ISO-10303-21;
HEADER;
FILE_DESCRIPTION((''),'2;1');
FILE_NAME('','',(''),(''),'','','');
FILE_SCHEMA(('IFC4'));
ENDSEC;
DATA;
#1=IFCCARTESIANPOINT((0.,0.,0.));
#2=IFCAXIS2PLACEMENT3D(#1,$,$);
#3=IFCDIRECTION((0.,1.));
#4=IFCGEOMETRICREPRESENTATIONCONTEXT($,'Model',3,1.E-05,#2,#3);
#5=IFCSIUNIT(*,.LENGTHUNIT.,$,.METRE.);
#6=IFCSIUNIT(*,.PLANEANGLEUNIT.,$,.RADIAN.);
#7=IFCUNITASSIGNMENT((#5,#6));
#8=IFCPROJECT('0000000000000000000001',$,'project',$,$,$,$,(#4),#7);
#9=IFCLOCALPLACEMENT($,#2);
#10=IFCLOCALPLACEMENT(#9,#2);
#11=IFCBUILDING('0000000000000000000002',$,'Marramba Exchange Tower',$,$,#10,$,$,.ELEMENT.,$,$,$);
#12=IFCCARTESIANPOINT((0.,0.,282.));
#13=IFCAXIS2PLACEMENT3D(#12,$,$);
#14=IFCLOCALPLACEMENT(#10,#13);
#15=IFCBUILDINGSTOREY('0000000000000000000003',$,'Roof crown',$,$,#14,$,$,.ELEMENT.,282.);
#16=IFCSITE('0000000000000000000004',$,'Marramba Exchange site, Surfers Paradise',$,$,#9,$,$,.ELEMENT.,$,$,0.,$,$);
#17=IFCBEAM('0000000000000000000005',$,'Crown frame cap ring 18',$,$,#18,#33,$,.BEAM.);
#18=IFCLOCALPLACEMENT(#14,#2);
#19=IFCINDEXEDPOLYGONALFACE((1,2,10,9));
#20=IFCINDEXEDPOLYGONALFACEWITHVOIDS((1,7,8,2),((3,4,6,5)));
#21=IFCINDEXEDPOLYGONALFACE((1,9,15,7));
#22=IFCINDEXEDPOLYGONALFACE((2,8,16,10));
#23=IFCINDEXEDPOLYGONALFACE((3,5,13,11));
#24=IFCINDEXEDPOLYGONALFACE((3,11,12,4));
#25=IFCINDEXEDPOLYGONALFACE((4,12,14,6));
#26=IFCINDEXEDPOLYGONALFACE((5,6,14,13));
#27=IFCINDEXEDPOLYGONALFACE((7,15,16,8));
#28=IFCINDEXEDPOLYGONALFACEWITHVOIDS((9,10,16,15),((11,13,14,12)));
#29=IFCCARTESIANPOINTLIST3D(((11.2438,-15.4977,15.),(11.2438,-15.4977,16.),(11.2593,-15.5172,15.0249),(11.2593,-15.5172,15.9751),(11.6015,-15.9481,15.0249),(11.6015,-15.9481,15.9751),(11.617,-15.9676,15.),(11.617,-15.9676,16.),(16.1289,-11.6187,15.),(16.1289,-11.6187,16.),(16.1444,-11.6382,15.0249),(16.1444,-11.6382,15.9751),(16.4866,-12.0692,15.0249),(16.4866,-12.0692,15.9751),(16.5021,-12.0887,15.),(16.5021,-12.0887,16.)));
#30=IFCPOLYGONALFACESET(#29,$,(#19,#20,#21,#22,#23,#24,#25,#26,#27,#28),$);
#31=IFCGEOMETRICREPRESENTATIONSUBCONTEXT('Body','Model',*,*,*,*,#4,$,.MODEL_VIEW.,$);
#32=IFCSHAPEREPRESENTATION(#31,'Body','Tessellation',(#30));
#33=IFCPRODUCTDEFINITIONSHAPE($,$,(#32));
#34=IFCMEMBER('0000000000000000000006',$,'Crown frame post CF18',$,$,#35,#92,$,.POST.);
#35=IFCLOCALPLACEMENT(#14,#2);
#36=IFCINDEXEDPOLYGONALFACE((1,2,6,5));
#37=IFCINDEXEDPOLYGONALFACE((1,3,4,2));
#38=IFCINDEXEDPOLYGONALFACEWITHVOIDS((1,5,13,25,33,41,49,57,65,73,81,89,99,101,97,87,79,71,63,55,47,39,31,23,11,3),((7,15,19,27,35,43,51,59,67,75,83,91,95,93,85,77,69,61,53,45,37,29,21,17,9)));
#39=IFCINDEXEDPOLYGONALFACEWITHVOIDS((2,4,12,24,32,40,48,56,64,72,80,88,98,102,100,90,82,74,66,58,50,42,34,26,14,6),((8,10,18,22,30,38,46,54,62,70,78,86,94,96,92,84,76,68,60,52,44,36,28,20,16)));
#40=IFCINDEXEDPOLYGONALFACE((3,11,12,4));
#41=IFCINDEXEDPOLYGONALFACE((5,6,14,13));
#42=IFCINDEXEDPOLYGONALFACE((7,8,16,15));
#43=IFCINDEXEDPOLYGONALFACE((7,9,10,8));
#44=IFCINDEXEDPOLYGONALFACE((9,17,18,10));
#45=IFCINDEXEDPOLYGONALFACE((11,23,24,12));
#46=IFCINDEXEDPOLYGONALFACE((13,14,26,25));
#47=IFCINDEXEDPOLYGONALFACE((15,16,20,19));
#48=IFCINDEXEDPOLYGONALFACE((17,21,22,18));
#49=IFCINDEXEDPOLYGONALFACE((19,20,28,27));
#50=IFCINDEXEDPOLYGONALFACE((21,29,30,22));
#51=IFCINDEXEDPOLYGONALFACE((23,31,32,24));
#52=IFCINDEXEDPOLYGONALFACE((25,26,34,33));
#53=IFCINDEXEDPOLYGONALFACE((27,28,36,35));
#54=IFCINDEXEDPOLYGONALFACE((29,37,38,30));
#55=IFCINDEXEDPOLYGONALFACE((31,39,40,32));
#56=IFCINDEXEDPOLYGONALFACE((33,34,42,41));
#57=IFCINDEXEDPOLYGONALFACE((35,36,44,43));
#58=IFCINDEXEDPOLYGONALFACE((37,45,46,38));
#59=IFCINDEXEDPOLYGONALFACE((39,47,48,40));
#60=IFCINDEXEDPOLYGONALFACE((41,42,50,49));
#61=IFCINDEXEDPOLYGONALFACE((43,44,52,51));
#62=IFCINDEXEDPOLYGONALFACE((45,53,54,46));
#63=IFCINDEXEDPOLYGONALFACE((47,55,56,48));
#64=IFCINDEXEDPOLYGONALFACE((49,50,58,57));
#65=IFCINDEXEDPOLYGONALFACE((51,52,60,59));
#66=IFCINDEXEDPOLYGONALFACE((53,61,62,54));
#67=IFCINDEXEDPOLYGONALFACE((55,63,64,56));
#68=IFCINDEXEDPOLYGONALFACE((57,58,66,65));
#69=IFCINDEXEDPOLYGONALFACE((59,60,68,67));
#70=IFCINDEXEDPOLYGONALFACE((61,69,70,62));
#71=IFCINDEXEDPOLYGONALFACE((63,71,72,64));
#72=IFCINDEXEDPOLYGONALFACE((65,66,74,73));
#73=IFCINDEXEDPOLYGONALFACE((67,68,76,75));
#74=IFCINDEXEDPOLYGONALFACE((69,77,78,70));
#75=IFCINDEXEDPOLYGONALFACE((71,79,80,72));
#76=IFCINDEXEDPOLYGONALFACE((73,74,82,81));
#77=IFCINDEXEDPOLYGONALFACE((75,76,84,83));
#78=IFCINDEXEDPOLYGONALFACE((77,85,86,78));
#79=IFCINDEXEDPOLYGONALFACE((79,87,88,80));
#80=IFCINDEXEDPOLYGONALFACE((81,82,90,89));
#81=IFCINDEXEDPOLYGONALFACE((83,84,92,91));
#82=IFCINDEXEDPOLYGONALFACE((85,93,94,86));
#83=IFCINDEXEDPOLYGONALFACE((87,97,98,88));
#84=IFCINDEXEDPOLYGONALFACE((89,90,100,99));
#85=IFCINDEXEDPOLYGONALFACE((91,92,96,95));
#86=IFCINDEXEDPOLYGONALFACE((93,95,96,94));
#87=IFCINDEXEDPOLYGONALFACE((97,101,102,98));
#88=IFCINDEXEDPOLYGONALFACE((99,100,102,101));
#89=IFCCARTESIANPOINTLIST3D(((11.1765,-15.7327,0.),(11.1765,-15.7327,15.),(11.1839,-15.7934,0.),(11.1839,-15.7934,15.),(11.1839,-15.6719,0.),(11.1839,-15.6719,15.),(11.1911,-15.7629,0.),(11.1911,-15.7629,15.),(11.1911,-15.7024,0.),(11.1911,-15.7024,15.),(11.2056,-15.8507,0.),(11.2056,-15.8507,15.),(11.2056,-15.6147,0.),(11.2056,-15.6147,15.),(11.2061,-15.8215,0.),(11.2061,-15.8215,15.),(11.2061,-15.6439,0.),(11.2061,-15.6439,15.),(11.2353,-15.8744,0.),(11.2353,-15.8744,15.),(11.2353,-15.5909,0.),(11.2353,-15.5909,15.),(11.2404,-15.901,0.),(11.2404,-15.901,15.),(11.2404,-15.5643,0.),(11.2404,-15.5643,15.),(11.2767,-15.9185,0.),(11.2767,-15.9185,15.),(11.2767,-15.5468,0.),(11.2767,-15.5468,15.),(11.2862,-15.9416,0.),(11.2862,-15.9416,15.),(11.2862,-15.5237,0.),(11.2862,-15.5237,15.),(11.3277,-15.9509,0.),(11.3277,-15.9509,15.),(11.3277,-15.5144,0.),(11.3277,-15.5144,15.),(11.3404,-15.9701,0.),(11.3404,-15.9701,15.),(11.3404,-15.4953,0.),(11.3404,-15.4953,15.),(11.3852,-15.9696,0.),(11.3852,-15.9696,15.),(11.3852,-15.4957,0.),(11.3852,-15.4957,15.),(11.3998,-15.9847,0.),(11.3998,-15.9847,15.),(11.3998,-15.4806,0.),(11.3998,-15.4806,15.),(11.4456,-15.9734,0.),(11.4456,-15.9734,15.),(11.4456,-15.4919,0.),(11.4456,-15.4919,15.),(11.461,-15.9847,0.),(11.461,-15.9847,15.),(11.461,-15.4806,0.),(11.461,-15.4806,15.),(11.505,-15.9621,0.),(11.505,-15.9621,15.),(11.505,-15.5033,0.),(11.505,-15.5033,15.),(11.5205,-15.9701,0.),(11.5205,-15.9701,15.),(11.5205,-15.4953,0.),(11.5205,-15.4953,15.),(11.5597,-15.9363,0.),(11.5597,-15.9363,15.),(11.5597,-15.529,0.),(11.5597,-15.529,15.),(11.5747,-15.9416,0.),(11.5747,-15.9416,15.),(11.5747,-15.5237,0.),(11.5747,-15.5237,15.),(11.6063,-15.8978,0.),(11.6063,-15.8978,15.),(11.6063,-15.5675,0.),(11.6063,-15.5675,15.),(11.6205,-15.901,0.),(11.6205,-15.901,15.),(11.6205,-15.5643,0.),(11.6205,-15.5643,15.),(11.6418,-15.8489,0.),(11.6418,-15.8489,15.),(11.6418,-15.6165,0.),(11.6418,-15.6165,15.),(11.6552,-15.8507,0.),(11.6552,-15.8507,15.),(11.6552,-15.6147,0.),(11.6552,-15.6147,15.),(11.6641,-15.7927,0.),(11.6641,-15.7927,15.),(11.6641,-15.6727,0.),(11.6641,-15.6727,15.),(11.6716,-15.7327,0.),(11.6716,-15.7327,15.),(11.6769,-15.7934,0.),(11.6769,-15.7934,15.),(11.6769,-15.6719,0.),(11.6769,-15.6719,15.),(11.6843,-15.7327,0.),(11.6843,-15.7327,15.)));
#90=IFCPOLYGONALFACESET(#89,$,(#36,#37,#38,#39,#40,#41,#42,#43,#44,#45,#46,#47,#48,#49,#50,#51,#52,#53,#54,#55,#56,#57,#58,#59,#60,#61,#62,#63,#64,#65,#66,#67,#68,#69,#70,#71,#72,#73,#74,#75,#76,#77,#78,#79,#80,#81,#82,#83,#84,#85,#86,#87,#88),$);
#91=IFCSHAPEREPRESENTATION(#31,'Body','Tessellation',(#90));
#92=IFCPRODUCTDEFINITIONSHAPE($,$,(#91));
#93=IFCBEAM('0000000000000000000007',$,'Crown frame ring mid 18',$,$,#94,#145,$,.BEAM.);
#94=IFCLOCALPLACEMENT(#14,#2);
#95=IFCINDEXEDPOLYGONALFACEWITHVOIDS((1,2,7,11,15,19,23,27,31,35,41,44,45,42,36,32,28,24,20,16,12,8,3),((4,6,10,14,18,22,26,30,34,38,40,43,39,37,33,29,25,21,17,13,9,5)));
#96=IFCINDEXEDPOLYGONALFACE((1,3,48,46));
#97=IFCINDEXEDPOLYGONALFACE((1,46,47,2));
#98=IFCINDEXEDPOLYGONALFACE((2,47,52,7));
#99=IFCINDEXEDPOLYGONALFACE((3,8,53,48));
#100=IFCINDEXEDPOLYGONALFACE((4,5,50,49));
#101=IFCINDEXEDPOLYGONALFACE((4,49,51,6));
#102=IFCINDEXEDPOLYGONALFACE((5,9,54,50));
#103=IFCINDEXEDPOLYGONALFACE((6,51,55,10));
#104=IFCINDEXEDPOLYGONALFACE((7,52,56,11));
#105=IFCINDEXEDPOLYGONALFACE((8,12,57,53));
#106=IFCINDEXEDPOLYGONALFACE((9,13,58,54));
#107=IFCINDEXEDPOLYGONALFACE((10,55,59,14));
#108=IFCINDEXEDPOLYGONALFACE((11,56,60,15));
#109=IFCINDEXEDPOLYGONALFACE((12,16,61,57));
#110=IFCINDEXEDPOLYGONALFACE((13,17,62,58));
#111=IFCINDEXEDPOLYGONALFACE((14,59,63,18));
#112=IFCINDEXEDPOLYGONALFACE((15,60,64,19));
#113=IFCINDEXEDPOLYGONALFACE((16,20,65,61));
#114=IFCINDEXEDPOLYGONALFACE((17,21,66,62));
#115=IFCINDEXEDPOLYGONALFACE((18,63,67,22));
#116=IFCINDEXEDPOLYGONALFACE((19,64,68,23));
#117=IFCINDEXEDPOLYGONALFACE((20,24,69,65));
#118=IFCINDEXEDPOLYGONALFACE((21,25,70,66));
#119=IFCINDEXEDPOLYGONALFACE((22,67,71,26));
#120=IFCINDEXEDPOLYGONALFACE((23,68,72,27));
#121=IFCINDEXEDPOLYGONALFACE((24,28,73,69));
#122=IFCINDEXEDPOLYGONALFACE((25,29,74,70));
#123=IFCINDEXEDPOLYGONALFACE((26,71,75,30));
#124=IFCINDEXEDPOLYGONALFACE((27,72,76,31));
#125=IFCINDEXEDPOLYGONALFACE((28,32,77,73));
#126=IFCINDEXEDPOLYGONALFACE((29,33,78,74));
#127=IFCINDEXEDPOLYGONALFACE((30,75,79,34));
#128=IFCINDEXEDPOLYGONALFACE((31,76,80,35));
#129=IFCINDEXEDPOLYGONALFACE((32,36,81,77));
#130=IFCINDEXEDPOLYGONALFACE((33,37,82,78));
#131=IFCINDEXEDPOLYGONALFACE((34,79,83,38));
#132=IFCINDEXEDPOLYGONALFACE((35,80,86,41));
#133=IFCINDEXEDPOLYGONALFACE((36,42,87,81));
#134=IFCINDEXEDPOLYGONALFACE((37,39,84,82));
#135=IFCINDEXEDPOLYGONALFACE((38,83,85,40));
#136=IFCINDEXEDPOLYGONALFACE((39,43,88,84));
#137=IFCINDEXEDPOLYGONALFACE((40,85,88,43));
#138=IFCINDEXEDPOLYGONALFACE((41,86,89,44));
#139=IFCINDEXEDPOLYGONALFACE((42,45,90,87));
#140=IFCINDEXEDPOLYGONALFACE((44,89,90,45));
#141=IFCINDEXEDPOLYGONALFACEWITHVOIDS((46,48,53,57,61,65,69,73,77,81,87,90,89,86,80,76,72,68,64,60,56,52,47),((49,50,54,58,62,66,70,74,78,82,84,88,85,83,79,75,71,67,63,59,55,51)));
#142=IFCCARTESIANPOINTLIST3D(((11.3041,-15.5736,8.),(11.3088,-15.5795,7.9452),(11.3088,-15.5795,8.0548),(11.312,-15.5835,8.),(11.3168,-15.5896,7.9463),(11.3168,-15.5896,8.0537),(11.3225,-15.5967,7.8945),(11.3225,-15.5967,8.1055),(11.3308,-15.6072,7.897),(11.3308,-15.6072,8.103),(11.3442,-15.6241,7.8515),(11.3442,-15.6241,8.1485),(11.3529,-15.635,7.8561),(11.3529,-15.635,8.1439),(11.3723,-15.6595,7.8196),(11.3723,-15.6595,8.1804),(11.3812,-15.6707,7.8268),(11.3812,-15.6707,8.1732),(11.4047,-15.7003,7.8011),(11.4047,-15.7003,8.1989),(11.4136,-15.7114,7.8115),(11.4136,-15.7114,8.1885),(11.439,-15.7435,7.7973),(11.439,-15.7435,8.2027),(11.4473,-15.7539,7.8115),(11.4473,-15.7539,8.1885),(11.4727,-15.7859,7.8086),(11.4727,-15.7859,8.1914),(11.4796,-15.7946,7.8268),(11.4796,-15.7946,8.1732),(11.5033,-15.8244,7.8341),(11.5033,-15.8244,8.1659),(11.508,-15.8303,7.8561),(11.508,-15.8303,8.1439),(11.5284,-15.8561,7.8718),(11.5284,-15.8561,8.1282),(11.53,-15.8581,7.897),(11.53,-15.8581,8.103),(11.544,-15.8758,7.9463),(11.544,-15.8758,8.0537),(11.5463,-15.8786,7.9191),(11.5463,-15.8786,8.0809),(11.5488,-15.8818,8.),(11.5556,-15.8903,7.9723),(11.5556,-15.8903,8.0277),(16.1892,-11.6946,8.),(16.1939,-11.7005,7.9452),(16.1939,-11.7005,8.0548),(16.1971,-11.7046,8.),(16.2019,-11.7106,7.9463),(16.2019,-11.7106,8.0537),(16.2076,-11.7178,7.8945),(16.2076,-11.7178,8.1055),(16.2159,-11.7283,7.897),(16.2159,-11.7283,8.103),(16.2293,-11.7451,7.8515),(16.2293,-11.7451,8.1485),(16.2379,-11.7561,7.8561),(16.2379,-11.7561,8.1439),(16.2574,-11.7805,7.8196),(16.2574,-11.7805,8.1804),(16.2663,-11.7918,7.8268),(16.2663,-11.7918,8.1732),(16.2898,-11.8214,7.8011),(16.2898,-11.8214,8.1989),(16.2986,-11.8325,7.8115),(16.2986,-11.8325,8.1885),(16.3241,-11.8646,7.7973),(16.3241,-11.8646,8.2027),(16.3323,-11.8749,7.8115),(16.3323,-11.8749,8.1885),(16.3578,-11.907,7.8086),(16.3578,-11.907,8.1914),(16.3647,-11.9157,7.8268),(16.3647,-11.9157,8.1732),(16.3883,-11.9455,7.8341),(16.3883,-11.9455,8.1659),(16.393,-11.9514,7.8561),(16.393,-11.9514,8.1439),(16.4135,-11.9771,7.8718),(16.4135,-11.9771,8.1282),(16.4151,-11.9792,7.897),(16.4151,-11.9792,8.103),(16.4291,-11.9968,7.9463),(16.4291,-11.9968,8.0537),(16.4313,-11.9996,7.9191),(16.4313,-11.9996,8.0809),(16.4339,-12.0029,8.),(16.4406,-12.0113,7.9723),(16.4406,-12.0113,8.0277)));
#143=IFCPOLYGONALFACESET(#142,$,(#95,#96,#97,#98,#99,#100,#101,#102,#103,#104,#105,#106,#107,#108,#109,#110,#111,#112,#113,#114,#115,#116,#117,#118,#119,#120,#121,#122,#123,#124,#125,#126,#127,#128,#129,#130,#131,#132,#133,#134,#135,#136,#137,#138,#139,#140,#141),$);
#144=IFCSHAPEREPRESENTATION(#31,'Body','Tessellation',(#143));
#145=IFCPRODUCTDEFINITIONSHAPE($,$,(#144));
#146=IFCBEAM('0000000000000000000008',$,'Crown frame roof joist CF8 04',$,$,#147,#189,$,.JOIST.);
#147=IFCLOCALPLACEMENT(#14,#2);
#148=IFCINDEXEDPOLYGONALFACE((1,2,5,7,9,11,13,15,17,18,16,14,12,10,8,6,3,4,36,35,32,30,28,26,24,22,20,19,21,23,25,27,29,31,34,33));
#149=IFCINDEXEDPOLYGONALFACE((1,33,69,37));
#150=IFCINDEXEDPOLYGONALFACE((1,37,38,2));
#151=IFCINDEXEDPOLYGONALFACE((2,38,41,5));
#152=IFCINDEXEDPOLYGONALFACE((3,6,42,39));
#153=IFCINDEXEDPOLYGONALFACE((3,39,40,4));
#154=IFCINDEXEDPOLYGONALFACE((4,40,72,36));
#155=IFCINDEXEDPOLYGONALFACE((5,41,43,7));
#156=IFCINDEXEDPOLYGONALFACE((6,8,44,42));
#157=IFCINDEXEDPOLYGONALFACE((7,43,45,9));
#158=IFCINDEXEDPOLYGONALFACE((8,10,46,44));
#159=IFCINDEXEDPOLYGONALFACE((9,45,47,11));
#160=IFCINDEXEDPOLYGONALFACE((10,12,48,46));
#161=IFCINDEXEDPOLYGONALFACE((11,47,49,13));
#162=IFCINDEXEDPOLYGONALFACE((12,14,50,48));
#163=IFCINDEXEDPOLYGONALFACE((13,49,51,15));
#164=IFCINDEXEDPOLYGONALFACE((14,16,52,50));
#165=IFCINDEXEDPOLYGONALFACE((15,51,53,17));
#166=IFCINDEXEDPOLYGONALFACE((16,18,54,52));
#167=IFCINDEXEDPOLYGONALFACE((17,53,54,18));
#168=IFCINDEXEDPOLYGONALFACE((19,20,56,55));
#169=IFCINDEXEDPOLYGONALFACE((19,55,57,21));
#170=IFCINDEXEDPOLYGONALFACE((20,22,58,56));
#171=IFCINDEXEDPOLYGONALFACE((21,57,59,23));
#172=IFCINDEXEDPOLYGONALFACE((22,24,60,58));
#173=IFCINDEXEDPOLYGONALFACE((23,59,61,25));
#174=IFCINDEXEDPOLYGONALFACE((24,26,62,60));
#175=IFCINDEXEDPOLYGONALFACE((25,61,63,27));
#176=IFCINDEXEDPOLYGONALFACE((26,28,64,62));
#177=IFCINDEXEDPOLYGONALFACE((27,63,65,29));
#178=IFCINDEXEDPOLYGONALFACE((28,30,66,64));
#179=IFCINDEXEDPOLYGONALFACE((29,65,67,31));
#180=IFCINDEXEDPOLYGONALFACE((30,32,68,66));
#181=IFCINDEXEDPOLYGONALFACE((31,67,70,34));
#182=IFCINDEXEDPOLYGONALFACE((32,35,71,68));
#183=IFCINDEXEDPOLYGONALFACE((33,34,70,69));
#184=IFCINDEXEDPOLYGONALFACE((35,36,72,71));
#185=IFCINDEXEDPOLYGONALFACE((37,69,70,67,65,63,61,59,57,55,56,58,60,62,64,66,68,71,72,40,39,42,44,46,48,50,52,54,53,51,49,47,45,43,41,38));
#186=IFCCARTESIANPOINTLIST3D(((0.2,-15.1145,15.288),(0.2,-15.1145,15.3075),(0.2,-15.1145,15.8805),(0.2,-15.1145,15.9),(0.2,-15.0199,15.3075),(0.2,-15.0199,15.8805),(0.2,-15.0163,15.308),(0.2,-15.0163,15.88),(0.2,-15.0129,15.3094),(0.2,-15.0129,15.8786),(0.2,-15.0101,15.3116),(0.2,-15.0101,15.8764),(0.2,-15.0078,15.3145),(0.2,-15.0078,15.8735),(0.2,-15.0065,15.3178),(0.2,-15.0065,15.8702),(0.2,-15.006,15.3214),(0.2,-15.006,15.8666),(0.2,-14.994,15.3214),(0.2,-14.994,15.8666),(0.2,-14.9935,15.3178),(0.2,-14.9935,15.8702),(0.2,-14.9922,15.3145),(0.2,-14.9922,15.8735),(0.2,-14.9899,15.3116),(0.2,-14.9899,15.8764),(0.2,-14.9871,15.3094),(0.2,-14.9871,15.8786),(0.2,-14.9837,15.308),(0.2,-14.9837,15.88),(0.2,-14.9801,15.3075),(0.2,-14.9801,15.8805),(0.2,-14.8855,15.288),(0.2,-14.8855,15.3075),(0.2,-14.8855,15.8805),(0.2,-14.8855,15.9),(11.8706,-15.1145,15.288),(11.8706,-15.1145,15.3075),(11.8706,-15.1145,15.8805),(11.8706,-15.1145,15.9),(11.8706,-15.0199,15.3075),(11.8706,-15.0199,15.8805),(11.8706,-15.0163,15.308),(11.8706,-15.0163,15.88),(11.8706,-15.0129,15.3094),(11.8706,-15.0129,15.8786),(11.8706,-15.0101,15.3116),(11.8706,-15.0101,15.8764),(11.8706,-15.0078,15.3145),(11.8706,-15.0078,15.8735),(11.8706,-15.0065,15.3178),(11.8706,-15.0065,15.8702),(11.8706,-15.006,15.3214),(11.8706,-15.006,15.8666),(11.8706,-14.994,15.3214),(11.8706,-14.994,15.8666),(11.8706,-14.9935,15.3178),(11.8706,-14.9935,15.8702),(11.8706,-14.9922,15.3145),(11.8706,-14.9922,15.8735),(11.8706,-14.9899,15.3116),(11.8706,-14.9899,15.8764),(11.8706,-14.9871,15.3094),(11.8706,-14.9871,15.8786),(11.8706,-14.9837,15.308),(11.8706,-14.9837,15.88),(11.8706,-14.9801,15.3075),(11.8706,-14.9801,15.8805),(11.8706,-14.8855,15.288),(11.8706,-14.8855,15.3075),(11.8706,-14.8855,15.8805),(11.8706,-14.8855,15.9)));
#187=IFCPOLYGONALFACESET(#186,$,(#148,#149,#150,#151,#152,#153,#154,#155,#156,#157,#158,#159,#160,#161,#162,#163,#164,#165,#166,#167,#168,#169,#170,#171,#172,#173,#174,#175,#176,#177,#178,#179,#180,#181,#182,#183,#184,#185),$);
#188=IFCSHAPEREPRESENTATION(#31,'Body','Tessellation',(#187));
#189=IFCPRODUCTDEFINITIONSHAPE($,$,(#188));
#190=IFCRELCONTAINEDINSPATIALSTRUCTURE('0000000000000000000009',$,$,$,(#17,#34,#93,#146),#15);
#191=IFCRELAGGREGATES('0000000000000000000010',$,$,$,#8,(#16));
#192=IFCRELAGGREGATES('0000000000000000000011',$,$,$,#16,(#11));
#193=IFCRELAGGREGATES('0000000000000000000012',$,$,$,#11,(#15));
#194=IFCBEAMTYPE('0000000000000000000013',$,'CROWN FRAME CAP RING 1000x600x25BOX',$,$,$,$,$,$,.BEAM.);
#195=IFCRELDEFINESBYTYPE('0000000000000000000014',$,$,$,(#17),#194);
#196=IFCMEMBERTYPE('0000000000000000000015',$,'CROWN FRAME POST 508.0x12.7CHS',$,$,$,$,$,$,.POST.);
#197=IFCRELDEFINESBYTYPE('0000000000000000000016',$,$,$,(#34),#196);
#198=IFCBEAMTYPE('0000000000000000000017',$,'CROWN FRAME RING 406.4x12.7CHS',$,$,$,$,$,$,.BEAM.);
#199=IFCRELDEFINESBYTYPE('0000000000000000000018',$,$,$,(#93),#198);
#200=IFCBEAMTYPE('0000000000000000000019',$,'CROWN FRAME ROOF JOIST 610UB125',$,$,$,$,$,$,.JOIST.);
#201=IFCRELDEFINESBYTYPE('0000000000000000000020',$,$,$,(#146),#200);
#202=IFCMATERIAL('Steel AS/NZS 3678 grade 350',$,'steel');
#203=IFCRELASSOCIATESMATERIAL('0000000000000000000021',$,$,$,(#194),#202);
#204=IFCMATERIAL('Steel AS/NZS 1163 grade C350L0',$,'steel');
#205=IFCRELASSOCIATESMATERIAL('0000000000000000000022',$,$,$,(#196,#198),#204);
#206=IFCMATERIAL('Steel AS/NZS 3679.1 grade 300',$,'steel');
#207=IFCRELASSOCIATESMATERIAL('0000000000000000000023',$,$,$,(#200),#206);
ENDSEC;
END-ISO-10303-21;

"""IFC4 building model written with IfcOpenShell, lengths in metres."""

from ifc_helpers import new_model, si_unit, direction, frame, origin, origin_2d, place, context, subcontext, project, spatial, hollow_rectangle, hollow_circle, i_section, extrude, material, material_profile, profile_set, type_object, element, save


model = new_model("IFC4")

# Units and contexts
model_context = context("Model", 3, precision=1e-05, world=origin(), true_north=direction((0.0, 1.0)))
body_context = subcontext(model_context, "Body", "Model", "MODEL_VIEW")
ifc_project = project(units=[si_unit("LENGTHUNIT", "METRE"), si_unit("PLANEANGLEUNIT", "RADIAN")], contexts=[model_context])

# Site, building, storey
site_placement = place(None, origin())
site = spatial("IfcSite", under=ifc_project, at=site_placement, Name="Marramba Exchange site, Surfers Paradise", CompositionType="ELEMENT", RefElevation=0.0)
building_placement = place(site_placement, origin())
building = spatial("IfcBuilding", under=site, at=building_placement, Name="Marramba Exchange Tower", CompositionType="ELEMENT")
storey_placement = place(building_placement, frame((0.0, 0.0, 282.0)))
storey = spatial("IfcBuildingStorey", under=building, at=storey_placement, Name="Roof crown", CompositionType="ELEMENT", Elevation=282.0)

# Beam
ifc_material_1 = material(Name="Steel AS/NZS 3678 grade 350", Category="steel")
ifc_material_profile_1 = material_profile(ifc_material_1, hollow_rectangle(XDim=0.6001, YDim=1.0, WallThickness=0.0249, at=origin_2d()), Name="1000x600x25BOX")
ifc_profile_set_1 = profile_set([ifc_material_profile_1], Name="Steel AS/NZS 3678 grade 350")
beam_type_1 = type_object("IfcBeamType", Name="CROWN FRAME CAP RING 1000x600x25BOX", PredefinedType="BEAM", material=ifc_profile_set_1)
beam_1_placement = place(storey_placement, frame((11.4304, -15.7327, 15.5), z_axis=(0.783139, 0.621846, 0.0), x_axis=(-0.621846, 0.783139, 0.0)))
element("IfcBeam", 1, at=beam_1_placement, inside=storey, type_object=beam_type_1, Name="Crown frame cap ring 18", PredefinedType="BEAM", context=body_context, shape_type="SweptSolid", body=[
    extrude(hollow_rectangle(XDim=0.6001, YDim=1.0, WallThickness=0.0249, at=origin_2d()), origin(), (0.0, 0.0, 1.0), 6.2378),
])

# Member
ifc_material_2 = material(Name="Steel AS/NZS 1163 grade C350L0", Category="steel")
ifc_material_profile_2 = material_profile(ifc_material_2, hollow_circle(Radius=0.2539, WallThickness=0.0127, at=origin_2d()), Name="508.0x12.7CHS")
ifc_profile_set_2 = profile_set([ifc_material_profile_2], Name="Steel AS/NZS 1163 grade C350L0")
member_type_1 = type_object("IfcMemberType", Name="CROWN FRAME POST 508.0x12.7CHS", PredefinedType="POST", material=ifc_profile_set_2)
member_1_placement = place(storey_placement, frame((11.4304, -15.7327, 0.0), z_axis=(0.0, 0.0, 1.0), x_axis=(1.0, 0.0, 0.0)))
element("IfcMember", 2, at=member_1_placement, inside=storey, type_object=member_type_1, Name="Crown frame post CF18", PredefinedType="POST", context=body_context, shape_type="SweptSolid", body=[
    extrude(hollow_circle(Radius=0.2539, WallThickness=0.0127, at=origin_2d()), origin(), (0.0, 0.0, 1.0), 15.0),
])

# Beams
ifc_material_profile_3 = material_profile(ifc_material_2, hollow_circle(Radius=0.2031, WallThickness=0.0127, at=origin_2d()), Name="406.4x12.7CHS")
ifc_profile_set_3 = profile_set([ifc_material_profile_3], Name="Steel AS/NZS 1163 grade C350L0")
beam_type_2 = type_object("IfcBeamType", Name="CROWN FRAME RING 406.4x12.7CHS", PredefinedType="BEAM", material=ifc_profile_set_3)
beam_2_placement = place(storey_placement, frame((11.4304, -15.7327, 8.0), z_axis=(0.783139, 0.621846, 0.0), x_axis=(-0.621846, 0.783139, 0.0)))
element("IfcBeam", 3, at=beam_2_placement, inside=storey, type_object=beam_type_2, Name="Crown frame ring mid 18", PredefinedType="BEAM", context=body_context, shape_type="SweptSolid", body=[
    extrude(hollow_circle(Radius=0.2031, WallThickness=0.0127, at=origin_2d()), origin(), (0.0, 0.0, 1.0), 6.2378),
])
ifc_material_3 = material(Name="Steel AS/NZS 3679.1 grade 300", Category="steel")
ifc_material_profile_4 = material_profile(ifc_material_3, i_section(OverallWidth=0.229, OverallDepth=0.6121, WebThickness=0.012, FlangeThickness=0.0195, FilletRadius=0.0139, at=origin_2d()), Name="610UB125")
ifc_profile_set_4 = profile_set([ifc_material_profile_4], Name="Steel AS/NZS 3679.1 grade 300")
beam_type_3 = type_object("IfcBeamType", Name="CROWN FRAME ROOF JOIST 610UB125", PredefinedType="JOIST", material=ifc_profile_set_4)
beam_3_placement = place(storey_placement, frame((0.2, -15.0, 15.594), z_axis=(1.0, 0.0, 0.0), x_axis=(0.0, 1.0, 0.0)))
element("IfcBeam", 4, at=beam_3_placement, inside=storey, type_object=beam_type_3, Name="Crown frame roof joist CF8 04", PredefinedType="JOIST", context=body_context, shape_type="SweptSolid", body=[
    extrude(i_section(OverallWidth=0.229, OverallDepth=0.6121, WebThickness=0.012, FlangeThickness=0.0195, FilletRadius=0.0139, at=origin_2d()), origin(), (0.0, 0.0, 1.0), 11.6707),
])

save(model, "model.ifc")
